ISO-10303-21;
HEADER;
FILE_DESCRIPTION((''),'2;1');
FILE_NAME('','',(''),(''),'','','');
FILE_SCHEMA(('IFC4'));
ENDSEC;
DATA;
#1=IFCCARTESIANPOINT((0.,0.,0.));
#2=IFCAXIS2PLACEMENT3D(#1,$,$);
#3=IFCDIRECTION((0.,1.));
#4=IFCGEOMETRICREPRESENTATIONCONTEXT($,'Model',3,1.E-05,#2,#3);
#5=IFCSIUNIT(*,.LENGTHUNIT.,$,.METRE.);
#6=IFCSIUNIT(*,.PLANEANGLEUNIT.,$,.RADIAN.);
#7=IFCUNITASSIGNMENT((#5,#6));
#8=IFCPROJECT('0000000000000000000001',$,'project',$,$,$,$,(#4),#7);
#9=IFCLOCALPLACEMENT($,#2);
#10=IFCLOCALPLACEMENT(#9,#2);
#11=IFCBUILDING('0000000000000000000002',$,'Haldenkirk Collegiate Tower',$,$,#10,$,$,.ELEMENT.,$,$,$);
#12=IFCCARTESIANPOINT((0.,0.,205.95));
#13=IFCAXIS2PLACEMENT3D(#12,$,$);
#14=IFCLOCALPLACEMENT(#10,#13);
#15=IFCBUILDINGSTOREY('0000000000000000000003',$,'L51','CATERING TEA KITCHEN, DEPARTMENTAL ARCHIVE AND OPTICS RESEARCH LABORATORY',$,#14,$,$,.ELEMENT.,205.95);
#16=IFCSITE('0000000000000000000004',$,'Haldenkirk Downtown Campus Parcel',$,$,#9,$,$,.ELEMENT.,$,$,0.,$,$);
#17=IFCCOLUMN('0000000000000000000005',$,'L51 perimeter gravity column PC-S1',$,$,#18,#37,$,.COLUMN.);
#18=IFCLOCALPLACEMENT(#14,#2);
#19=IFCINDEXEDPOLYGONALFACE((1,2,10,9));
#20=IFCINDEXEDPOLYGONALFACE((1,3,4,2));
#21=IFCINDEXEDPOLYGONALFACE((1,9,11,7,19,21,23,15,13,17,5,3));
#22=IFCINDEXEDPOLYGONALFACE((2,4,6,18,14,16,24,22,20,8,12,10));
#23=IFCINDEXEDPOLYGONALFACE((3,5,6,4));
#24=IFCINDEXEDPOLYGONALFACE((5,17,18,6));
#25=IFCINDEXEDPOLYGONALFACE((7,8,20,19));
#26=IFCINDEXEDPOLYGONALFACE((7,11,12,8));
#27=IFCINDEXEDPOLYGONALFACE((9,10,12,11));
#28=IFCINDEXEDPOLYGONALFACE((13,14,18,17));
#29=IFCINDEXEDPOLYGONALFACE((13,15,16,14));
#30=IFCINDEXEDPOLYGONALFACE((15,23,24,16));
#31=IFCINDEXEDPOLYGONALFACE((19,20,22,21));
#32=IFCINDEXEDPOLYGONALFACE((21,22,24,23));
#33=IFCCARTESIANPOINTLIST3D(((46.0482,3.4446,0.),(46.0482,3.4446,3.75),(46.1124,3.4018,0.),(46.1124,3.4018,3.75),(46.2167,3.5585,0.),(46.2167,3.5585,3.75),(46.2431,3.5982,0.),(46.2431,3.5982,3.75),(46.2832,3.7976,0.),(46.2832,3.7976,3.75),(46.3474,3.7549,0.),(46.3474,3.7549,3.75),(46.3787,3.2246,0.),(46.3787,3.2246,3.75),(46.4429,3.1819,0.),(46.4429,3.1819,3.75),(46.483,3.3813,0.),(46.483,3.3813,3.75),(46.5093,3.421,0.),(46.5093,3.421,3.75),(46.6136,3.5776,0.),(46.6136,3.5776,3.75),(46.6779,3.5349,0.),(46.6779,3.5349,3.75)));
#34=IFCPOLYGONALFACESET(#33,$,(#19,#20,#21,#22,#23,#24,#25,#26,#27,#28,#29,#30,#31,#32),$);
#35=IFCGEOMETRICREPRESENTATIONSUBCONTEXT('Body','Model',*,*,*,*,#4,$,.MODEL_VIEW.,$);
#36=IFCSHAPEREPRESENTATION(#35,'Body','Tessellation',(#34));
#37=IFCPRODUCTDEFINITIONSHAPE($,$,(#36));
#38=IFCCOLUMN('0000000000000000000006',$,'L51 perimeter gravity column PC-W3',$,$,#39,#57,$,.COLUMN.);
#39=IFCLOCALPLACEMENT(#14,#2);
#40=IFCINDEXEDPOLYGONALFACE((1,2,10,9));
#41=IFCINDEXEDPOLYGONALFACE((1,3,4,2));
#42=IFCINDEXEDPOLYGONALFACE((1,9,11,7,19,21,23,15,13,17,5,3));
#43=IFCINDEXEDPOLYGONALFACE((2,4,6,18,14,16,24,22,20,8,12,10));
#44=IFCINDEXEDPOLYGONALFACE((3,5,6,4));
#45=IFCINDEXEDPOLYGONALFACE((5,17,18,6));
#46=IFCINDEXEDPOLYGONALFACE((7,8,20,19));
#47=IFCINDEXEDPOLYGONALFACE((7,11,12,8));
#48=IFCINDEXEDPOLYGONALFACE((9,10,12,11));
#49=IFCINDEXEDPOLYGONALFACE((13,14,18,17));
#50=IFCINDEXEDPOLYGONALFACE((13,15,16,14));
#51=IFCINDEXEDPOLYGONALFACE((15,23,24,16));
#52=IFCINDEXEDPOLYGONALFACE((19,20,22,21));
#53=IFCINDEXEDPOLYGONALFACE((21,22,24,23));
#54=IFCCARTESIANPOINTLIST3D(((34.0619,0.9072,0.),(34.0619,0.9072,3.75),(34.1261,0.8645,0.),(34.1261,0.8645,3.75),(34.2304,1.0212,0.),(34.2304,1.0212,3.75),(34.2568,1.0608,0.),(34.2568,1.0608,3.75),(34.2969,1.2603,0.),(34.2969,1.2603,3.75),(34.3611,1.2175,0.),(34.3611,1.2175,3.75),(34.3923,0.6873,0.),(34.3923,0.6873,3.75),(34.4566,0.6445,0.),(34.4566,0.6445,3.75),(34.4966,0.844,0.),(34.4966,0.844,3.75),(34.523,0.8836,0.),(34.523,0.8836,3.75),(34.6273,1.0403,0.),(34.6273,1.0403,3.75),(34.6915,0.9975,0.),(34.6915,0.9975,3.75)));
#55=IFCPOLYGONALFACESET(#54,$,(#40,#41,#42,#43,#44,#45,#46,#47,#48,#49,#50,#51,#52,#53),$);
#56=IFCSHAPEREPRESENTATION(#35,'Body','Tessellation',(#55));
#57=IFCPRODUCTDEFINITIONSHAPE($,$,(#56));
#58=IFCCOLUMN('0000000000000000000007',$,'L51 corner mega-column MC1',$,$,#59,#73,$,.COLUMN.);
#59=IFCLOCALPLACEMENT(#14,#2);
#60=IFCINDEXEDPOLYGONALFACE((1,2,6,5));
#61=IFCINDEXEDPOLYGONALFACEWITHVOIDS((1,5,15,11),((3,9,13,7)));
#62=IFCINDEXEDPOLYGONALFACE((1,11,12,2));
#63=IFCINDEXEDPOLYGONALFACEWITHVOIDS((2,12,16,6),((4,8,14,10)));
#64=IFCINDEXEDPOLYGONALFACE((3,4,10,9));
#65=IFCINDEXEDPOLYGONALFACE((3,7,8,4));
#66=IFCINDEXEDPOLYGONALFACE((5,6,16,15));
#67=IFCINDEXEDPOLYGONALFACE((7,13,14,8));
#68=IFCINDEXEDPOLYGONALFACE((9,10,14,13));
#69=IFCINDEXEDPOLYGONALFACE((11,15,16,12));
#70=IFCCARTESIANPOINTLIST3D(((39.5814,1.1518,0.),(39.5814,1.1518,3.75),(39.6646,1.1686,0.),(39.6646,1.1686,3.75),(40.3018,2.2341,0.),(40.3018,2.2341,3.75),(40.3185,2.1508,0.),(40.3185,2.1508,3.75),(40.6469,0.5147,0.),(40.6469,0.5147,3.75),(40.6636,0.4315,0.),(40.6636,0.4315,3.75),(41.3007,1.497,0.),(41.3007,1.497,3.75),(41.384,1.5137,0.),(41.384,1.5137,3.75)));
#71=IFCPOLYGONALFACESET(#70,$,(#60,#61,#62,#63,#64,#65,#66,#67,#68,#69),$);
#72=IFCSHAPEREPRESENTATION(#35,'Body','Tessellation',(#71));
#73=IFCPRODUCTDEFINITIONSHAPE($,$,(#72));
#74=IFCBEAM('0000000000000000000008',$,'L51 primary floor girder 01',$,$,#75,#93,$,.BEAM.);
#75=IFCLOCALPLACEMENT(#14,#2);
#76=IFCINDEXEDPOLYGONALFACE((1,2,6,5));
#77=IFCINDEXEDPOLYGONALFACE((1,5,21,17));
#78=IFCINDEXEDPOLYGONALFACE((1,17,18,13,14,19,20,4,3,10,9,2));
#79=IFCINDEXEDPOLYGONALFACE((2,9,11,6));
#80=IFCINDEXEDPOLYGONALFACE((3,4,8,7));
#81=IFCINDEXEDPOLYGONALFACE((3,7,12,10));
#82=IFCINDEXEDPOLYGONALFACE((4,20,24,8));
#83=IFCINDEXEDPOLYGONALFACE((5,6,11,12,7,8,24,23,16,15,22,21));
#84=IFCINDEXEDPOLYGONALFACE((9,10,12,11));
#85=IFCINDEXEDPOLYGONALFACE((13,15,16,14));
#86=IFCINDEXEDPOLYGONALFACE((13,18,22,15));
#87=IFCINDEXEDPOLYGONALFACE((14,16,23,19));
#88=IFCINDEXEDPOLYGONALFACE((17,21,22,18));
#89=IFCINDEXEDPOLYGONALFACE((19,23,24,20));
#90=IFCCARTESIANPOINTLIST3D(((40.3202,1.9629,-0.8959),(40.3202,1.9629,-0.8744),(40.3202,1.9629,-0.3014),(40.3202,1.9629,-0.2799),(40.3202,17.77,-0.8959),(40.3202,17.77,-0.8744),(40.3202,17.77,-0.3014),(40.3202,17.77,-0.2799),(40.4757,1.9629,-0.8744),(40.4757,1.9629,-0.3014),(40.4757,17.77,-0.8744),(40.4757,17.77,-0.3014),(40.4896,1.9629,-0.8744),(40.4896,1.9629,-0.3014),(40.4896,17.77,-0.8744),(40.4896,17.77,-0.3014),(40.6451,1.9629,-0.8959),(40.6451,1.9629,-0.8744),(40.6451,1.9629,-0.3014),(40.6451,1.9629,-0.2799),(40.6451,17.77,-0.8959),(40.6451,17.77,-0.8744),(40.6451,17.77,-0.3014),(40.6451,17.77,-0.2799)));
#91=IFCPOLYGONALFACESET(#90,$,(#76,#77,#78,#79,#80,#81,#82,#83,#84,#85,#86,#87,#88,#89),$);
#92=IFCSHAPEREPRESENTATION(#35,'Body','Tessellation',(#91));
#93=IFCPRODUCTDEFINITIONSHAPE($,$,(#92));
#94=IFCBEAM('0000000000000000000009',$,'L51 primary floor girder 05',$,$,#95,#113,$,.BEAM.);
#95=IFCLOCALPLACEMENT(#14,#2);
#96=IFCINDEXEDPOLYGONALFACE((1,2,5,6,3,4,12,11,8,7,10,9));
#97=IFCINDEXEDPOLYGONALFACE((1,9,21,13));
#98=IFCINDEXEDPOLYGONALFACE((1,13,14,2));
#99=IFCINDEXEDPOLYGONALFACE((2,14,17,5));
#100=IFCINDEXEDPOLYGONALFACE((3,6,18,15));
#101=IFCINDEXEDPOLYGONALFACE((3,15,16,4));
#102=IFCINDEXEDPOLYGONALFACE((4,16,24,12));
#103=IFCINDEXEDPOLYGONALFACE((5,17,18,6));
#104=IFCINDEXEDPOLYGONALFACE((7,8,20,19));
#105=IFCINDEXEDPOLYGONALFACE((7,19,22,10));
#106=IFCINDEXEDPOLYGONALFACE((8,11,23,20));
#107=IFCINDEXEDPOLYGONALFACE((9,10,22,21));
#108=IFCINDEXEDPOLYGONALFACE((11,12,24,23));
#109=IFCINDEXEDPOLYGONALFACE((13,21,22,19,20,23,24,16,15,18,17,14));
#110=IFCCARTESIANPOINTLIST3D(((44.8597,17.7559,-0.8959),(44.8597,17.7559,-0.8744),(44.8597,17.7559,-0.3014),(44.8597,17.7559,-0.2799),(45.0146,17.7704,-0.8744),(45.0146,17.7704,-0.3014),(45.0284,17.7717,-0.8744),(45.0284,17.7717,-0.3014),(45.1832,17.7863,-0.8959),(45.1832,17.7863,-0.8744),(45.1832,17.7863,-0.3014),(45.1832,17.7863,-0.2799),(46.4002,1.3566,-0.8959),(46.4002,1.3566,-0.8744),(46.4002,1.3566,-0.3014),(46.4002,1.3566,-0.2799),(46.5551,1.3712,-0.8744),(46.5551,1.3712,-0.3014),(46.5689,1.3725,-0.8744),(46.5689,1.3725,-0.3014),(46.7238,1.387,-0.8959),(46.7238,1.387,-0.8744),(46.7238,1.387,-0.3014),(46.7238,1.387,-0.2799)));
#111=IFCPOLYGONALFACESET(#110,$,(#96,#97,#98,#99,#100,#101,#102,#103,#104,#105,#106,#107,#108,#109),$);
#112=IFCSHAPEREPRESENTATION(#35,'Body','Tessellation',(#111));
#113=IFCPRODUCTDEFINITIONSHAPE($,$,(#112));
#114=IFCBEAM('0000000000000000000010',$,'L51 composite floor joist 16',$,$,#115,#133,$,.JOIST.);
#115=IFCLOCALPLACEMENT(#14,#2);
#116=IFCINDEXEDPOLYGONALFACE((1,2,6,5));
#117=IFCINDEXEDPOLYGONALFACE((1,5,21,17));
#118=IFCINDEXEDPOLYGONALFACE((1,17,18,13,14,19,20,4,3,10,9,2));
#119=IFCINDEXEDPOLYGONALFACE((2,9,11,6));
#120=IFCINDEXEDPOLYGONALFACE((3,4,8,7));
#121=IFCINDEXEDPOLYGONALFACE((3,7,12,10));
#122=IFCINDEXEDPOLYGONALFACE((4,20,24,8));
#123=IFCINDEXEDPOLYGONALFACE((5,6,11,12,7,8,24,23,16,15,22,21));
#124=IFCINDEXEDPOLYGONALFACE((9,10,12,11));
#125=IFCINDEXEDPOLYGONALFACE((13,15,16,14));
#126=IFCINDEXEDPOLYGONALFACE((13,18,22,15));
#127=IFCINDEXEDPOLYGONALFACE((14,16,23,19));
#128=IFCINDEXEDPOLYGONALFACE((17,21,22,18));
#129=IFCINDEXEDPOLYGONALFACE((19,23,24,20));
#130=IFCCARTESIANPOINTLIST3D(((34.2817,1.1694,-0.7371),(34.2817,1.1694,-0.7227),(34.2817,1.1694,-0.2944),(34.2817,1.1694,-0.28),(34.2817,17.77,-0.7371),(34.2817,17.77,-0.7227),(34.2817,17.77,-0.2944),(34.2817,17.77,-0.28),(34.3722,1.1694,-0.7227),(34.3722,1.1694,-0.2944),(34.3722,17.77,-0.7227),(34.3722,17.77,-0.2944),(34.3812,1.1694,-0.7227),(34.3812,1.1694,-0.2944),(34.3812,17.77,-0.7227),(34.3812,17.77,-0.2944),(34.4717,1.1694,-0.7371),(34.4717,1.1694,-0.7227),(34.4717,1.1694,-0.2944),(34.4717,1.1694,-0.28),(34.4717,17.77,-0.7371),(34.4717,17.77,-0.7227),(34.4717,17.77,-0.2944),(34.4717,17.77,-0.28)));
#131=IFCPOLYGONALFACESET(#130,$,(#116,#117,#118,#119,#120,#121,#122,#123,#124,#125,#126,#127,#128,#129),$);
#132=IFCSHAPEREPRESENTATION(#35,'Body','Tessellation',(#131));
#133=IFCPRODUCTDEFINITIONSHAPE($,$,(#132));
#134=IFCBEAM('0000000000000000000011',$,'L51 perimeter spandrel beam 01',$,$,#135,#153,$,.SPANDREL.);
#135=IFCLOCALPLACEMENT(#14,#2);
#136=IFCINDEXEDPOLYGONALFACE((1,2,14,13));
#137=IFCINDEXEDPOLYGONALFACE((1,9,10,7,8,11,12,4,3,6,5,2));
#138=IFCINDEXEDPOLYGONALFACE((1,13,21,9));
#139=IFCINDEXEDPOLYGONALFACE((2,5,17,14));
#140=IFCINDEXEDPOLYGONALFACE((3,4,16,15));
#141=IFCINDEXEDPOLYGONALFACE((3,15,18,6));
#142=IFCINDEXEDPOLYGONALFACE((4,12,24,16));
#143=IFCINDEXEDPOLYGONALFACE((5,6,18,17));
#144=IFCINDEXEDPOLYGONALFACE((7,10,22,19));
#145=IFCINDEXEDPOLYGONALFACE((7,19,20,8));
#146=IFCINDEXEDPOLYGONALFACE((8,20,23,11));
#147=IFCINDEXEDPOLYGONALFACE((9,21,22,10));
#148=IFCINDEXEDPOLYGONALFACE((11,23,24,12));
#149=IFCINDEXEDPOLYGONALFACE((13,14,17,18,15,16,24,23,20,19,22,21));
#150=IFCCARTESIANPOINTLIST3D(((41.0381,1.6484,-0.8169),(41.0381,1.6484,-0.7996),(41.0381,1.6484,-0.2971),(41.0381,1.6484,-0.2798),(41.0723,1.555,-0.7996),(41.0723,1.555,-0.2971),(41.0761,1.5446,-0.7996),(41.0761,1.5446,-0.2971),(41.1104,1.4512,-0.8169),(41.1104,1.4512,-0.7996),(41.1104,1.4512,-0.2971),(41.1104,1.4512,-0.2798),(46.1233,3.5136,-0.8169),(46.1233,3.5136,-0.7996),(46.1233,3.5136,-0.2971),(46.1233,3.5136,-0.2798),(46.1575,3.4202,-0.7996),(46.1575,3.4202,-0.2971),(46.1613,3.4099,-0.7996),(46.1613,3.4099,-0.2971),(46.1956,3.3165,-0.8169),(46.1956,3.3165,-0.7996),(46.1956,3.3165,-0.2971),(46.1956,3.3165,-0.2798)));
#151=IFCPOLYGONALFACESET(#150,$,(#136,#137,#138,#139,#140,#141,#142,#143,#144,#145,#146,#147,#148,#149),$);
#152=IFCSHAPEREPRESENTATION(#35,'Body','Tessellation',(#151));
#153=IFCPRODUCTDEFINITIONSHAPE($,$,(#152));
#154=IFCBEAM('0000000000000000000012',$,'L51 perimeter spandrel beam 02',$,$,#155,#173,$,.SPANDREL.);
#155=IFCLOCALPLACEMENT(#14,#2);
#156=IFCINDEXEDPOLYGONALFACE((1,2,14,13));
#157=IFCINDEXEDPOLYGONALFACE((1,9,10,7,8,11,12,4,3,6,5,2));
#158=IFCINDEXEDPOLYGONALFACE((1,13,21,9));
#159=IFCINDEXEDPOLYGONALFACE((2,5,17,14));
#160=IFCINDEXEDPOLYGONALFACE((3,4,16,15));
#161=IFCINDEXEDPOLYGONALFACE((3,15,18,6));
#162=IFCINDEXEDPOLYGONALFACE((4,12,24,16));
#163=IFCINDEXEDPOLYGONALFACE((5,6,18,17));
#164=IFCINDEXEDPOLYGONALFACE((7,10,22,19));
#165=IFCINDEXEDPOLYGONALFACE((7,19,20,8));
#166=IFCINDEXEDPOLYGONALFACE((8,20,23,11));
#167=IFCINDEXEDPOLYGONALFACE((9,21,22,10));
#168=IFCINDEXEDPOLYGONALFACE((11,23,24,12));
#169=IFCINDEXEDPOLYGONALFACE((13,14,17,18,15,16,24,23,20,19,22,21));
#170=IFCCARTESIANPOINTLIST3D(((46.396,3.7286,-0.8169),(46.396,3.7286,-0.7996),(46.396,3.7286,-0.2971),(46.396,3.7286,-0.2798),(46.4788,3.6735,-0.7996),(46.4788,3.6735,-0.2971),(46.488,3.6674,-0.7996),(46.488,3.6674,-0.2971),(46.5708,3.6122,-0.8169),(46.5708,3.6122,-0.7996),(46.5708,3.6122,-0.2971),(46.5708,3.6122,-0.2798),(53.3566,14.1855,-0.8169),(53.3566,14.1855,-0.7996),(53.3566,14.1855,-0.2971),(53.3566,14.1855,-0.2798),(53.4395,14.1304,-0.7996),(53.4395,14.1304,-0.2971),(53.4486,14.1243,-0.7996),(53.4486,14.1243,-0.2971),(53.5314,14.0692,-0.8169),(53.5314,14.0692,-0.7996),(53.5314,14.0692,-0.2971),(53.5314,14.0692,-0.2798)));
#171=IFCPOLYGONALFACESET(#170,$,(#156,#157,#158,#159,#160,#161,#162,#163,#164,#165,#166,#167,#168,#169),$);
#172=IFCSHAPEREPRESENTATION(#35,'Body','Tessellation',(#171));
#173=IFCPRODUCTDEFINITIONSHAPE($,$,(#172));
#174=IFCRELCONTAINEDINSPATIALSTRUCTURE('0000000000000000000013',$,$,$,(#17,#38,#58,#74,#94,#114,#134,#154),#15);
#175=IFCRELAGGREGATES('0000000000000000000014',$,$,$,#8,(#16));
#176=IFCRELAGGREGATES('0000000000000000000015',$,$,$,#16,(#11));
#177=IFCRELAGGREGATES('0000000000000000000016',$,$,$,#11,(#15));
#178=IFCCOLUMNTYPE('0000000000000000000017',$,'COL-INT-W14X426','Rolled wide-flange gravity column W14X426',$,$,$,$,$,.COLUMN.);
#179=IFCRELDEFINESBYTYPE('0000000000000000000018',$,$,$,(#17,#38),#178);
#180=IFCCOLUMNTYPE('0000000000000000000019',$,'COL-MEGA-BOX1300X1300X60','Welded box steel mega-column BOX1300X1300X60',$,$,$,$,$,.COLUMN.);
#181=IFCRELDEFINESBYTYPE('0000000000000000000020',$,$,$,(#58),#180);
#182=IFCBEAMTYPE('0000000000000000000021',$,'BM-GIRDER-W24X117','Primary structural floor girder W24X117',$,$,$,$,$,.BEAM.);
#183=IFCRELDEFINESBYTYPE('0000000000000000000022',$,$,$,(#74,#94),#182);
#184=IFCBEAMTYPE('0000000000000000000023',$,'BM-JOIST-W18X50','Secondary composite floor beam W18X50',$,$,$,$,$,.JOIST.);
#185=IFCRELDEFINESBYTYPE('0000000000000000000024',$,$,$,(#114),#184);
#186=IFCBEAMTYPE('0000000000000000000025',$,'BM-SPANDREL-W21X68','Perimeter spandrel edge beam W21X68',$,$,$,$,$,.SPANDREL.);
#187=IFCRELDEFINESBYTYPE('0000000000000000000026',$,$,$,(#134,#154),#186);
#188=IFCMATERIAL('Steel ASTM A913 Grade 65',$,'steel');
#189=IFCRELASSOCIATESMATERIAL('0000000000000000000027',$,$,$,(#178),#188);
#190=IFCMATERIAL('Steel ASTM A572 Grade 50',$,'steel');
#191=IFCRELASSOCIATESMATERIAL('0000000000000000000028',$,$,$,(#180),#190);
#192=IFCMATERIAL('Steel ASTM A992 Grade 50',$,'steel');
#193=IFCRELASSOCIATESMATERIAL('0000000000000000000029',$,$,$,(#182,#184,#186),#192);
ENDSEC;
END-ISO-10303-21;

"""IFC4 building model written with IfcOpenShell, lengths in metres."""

from ifc_helpers import new_model, si_unit, direction, frame, origin, origin_2d, place, context, subcontext, project, spatial, hollow_rectangle, i_section, extrude, material, material_profile, profile_set, type_object, element, save


model = new_model("IFC4")

# Units and contexts
model_context = context("Model", 3, precision=1e-05, world=origin(), true_north=direction((0.0, 1.0)))
body_context = subcontext(model_context, "Body", "Model", "MODEL_VIEW")
ifc_project = project(units=[si_unit("LENGTHUNIT", "METRE"), si_unit("PLANEANGLEUNIT", "RADIAN")], contexts=[model_context])

# Site, building, storey
site_placement = place(None, origin())
site = spatial("IfcSite", under=ifc_project, at=site_placement, Name="Haldenkirk Downtown Campus Parcel", CompositionType="ELEMENT", RefElevation=0.0)
building_placement = place(site_placement, origin())
building = spatial("IfcBuilding", under=site, at=building_placement, Name="Haldenkirk Collegiate Tower", CompositionType="ELEMENT")
storey_placement = place(building_placement, frame((0.0, 0.0, 205.95)))
storey = spatial("IfcBuildingStorey", under=building, at=storey_placement, Name="L51", Description="CATERING TEA KITCHEN, DEPARTMENTAL ARCHIVE AND OPTICS RESEARCH LABORATORY", CompositionType="ELEMENT", Elevation=205.95)

# Columns
ifc_material_1 = material(Name="Steel ASTM A913 Grade 65", Category="steel")
ifc_material_profile_1 = material_profile(ifc_material_1, i_section(OverallWidth=0.4241, OverallDepth=0.4741, WebThickness=0.0476, FlangeThickness=0.0771, at=origin_2d()), Name="W14X426")
ifc_profile_set_1 = profile_set([ifc_material_profile_1], Name="Steel ASTM A913 Grade 65")
column_type_1 = type_object("IfcColumnType", Name="COL-INT-W14X426", Description="Rolled wide-flange gravity column W14X426", PredefinedType="COLUMN", material=ifc_profile_set_1)
for number, where, z_axis, x_axis, name in (
    (1, (46.363, 3.4897, 0.0), (0.0, 0.0, 1.0), (0.554118, 0.832438, 0.0), "L51 perimeter gravity column PC-S1"),
    (2, (34.3767, 0.9524, 0.0), (0.0, 0.0, 1.0), (0.554118, 0.832438, 0.0), "L51 perimeter gravity column PC-W3"),
):
    element("IfcColumn", number, at=place(storey_placement, frame(where, z_axis=z_axis, x_axis=x_axis)), inside=storey, type_object=column_type_1, Name=name, PredefinedType="COLUMN", context=body_context, shape_type="SweptSolid", body=[
        extrude(i_section(OverallWidth=0.4241, OverallDepth=0.4741, WebThickness=0.0476, FlangeThickness=0.0771, at=origin_2d()), origin(), (0.0, 0.0, 1.0), 3.75),
    ])
ifc_material_2 = material(Name="Steel ASTM A572 Grade 50", Category="steel")
ifc_material_profile_2 = material_profile(ifc_material_2, hollow_rectangle(XDim=1.3, YDim=1.3, WallThickness=0.0601, at=origin_2d()), Name="BOX1300X1300X60")
ifc_profile_set_2 = profile_set([ifc_material_profile_2], Name="Steel ASTM A572 Grade 50")
column_type_2 = type_object("IfcColumnType", Name="COL-MEGA-BOX1300X1300X60", Description="Welded box steel mega-column BOX1300X1300X60", PredefinedType="COLUMN", material=ifc_profile_set_2)
column_placement = place(storey_placement, frame((40.4827, 1.3328, 0.0), z_axis=(0.0, 0.0, 1.0), x_axis=(0.554118, 0.832438, 0.0)))
element("IfcColumn", 3, at=column_placement, inside=storey, type_object=column_type_2, Name="L51 corner mega-column MC1", PredefinedType="COLUMN", context=body_context, shape_type="SweptSolid", body=[
    extrude(hollow_rectangle(XDim=1.3, YDim=1.3, WallThickness=0.0601, at=origin_2d()), origin(), (0.0, 0.0, 1.0), 3.75),
])

# Beams
ifc_material_3 = material(Name="Steel ASTM A992 Grade 50", Category="steel")
ifc_material_profile_3 = material_profile(ifc_material_3, i_section(OverallWidth=0.325, OverallDepth=0.616, WebThickness=0.0139, FlangeThickness=0.0215, at=origin_2d()), Name="W24X117")
ifc_profile_set_3 = profile_set([ifc_material_profile_3], Name="Steel ASTM A992 Grade 50")
beam_type_1 = type_object("IfcBeamType", Name="BM-GIRDER-W24X117", Description="Primary structural floor girder W24X117", PredefinedType="BEAM", material=ifc_profile_set_3)
beam_1_placement = place(storey_placement, frame((40.4827, 1.9629, -0.5879), z_axis=(0.0, 1.0, 0.0), x_axis=(-1.0, 0.0, 0.0)))
element("IfcBeam", 4, at=beam_1_placement, inside=storey, type_object=beam_type_1, Name="L51 primary floor girder 01", PredefinedType="BEAM", context=body_context, shape_type="SweptSolid", body=[
    extrude(i_section(OverallWidth=0.325, OverallDepth=0.616, WebThickness=0.0139, FlangeThickness=0.0215, at=origin_2d()), origin(), (0.0, 0.0, 1.0), 15.8071),
])
beam_2_placement = place(storey_placement, frame((46.562, 1.3718, -0.5879), z_axis=(-0.093528, 0.995617, 0.0), x_axis=(-0.995617, -0.093528, 0.0)))
element("IfcBeam", 5, at=beam_2_placement, inside=storey, type_object=beam_type_1, Name="L51 primary floor girder 05", PredefinedType="BEAM", context=body_context, shape_type="SweptSolid", body=[
    extrude(i_section(OverallWidth=0.325, OverallDepth=0.616, WebThickness=0.0139, FlangeThickness=0.0215, at=origin_2d()), origin(), (0.0, 0.0, 1.0), 16.4714),
])
ifc_material_profile_4 = material_profile(ifc_material_3, i_section(OverallWidth=0.1899, OverallDepth=0.457, WebThickness=0.009, FlangeThickness=0.0144, at=origin_2d()), Name="W18X50")
ifc_profile_set_4 = profile_set([ifc_material_profile_4], Name="Steel ASTM A992 Grade 50")
beam_type_2 = type_object("IfcBeamType", Name="BM-JOIST-W18X50", Description="Secondary composite floor beam W18X50", PredefinedType="JOIST", material=ifc_profile_set_4)
beam_3_placement = place(storey_placement, frame((34.3767, 1.1694, -0.5085), z_axis=(0.0, 1.0, 0.0), x_axis=(-1.0, 0.0, 0.0)))
element("IfcBeam", 6, at=beam_3_placement, inside=storey, type_object=beam_type_2, Name="L51 composite floor joist 16", PredefinedType="JOIST", context=body_context, shape_type="SweptSolid", body=[
    extrude(i_section(OverallWidth=0.1899, OverallDepth=0.457, WebThickness=0.009, FlangeThickness=0.0144, at=origin_2d()), origin(), (0.0, 0.0, 1.0), 16.6006),
])
ifc_material_profile_5 = material_profile(ifc_material_3, i_section(OverallWidth=0.21, OverallDepth=0.5371, WebThickness=0.011, FlangeThickness=0.0173, at=origin_2d()), Name="W21X68")
ifc_profile_set_5 = profile_set([ifc_material_profile_5], Name="Steel ASTM A992 Grade 50")
beam_type_3 = type_object("IfcBeamType", Name="BM-SPANDREL-W21X68", Description="Perimeter spandrel edge beam W21X68", PredefinedType="SPANDREL", material=ifc_profile_set_5)
beam_4_placement = place(storey_placement, frame((41.0742, 1.5498, -0.5483), z_axis=(0.938837, 0.344362, 0.0), x_axis=(-0.344362, 0.938837, 0.0)))
element("IfcBeam", 7, at=beam_4_placement, inside=storey, type_object=beam_type_3, Name="L51 perimeter spandrel beam 01", PredefinedType="SPANDREL", context=body_context, shape_type="SweptSolid", body=[
    extrude(i_section(OverallWidth=0.21, OverallDepth=0.5371, WebThickness=0.011, FlangeThickness=0.0173, at=origin_2d()), origin(), (0.0, 0.0, 1.0), 5.4165),
])
beam_5_placement = place(storey_placement, frame((46.4834, 3.6704, -0.5483), z_axis=(0.554113, 0.832442, 0.0), x_axis=(-0.832442, 0.554113, 0.0)))
element("IfcBeam", 8, at=beam_5_placement, inside=storey, type_object=beam_type_3, Name="L51 perimeter spandrel beam 02", PredefinedType="SPANDREL", context=body_context, shape_type="SweptSolid", body=[
    extrude(i_section(OverallWidth=0.21, OverallDepth=0.5371, WebThickness=0.011, FlangeThickness=0.0173, at=origin_2d()), origin(), (0.0, 0.0, 1.0), 12.5618),
])

save(model, "model.ifc")
